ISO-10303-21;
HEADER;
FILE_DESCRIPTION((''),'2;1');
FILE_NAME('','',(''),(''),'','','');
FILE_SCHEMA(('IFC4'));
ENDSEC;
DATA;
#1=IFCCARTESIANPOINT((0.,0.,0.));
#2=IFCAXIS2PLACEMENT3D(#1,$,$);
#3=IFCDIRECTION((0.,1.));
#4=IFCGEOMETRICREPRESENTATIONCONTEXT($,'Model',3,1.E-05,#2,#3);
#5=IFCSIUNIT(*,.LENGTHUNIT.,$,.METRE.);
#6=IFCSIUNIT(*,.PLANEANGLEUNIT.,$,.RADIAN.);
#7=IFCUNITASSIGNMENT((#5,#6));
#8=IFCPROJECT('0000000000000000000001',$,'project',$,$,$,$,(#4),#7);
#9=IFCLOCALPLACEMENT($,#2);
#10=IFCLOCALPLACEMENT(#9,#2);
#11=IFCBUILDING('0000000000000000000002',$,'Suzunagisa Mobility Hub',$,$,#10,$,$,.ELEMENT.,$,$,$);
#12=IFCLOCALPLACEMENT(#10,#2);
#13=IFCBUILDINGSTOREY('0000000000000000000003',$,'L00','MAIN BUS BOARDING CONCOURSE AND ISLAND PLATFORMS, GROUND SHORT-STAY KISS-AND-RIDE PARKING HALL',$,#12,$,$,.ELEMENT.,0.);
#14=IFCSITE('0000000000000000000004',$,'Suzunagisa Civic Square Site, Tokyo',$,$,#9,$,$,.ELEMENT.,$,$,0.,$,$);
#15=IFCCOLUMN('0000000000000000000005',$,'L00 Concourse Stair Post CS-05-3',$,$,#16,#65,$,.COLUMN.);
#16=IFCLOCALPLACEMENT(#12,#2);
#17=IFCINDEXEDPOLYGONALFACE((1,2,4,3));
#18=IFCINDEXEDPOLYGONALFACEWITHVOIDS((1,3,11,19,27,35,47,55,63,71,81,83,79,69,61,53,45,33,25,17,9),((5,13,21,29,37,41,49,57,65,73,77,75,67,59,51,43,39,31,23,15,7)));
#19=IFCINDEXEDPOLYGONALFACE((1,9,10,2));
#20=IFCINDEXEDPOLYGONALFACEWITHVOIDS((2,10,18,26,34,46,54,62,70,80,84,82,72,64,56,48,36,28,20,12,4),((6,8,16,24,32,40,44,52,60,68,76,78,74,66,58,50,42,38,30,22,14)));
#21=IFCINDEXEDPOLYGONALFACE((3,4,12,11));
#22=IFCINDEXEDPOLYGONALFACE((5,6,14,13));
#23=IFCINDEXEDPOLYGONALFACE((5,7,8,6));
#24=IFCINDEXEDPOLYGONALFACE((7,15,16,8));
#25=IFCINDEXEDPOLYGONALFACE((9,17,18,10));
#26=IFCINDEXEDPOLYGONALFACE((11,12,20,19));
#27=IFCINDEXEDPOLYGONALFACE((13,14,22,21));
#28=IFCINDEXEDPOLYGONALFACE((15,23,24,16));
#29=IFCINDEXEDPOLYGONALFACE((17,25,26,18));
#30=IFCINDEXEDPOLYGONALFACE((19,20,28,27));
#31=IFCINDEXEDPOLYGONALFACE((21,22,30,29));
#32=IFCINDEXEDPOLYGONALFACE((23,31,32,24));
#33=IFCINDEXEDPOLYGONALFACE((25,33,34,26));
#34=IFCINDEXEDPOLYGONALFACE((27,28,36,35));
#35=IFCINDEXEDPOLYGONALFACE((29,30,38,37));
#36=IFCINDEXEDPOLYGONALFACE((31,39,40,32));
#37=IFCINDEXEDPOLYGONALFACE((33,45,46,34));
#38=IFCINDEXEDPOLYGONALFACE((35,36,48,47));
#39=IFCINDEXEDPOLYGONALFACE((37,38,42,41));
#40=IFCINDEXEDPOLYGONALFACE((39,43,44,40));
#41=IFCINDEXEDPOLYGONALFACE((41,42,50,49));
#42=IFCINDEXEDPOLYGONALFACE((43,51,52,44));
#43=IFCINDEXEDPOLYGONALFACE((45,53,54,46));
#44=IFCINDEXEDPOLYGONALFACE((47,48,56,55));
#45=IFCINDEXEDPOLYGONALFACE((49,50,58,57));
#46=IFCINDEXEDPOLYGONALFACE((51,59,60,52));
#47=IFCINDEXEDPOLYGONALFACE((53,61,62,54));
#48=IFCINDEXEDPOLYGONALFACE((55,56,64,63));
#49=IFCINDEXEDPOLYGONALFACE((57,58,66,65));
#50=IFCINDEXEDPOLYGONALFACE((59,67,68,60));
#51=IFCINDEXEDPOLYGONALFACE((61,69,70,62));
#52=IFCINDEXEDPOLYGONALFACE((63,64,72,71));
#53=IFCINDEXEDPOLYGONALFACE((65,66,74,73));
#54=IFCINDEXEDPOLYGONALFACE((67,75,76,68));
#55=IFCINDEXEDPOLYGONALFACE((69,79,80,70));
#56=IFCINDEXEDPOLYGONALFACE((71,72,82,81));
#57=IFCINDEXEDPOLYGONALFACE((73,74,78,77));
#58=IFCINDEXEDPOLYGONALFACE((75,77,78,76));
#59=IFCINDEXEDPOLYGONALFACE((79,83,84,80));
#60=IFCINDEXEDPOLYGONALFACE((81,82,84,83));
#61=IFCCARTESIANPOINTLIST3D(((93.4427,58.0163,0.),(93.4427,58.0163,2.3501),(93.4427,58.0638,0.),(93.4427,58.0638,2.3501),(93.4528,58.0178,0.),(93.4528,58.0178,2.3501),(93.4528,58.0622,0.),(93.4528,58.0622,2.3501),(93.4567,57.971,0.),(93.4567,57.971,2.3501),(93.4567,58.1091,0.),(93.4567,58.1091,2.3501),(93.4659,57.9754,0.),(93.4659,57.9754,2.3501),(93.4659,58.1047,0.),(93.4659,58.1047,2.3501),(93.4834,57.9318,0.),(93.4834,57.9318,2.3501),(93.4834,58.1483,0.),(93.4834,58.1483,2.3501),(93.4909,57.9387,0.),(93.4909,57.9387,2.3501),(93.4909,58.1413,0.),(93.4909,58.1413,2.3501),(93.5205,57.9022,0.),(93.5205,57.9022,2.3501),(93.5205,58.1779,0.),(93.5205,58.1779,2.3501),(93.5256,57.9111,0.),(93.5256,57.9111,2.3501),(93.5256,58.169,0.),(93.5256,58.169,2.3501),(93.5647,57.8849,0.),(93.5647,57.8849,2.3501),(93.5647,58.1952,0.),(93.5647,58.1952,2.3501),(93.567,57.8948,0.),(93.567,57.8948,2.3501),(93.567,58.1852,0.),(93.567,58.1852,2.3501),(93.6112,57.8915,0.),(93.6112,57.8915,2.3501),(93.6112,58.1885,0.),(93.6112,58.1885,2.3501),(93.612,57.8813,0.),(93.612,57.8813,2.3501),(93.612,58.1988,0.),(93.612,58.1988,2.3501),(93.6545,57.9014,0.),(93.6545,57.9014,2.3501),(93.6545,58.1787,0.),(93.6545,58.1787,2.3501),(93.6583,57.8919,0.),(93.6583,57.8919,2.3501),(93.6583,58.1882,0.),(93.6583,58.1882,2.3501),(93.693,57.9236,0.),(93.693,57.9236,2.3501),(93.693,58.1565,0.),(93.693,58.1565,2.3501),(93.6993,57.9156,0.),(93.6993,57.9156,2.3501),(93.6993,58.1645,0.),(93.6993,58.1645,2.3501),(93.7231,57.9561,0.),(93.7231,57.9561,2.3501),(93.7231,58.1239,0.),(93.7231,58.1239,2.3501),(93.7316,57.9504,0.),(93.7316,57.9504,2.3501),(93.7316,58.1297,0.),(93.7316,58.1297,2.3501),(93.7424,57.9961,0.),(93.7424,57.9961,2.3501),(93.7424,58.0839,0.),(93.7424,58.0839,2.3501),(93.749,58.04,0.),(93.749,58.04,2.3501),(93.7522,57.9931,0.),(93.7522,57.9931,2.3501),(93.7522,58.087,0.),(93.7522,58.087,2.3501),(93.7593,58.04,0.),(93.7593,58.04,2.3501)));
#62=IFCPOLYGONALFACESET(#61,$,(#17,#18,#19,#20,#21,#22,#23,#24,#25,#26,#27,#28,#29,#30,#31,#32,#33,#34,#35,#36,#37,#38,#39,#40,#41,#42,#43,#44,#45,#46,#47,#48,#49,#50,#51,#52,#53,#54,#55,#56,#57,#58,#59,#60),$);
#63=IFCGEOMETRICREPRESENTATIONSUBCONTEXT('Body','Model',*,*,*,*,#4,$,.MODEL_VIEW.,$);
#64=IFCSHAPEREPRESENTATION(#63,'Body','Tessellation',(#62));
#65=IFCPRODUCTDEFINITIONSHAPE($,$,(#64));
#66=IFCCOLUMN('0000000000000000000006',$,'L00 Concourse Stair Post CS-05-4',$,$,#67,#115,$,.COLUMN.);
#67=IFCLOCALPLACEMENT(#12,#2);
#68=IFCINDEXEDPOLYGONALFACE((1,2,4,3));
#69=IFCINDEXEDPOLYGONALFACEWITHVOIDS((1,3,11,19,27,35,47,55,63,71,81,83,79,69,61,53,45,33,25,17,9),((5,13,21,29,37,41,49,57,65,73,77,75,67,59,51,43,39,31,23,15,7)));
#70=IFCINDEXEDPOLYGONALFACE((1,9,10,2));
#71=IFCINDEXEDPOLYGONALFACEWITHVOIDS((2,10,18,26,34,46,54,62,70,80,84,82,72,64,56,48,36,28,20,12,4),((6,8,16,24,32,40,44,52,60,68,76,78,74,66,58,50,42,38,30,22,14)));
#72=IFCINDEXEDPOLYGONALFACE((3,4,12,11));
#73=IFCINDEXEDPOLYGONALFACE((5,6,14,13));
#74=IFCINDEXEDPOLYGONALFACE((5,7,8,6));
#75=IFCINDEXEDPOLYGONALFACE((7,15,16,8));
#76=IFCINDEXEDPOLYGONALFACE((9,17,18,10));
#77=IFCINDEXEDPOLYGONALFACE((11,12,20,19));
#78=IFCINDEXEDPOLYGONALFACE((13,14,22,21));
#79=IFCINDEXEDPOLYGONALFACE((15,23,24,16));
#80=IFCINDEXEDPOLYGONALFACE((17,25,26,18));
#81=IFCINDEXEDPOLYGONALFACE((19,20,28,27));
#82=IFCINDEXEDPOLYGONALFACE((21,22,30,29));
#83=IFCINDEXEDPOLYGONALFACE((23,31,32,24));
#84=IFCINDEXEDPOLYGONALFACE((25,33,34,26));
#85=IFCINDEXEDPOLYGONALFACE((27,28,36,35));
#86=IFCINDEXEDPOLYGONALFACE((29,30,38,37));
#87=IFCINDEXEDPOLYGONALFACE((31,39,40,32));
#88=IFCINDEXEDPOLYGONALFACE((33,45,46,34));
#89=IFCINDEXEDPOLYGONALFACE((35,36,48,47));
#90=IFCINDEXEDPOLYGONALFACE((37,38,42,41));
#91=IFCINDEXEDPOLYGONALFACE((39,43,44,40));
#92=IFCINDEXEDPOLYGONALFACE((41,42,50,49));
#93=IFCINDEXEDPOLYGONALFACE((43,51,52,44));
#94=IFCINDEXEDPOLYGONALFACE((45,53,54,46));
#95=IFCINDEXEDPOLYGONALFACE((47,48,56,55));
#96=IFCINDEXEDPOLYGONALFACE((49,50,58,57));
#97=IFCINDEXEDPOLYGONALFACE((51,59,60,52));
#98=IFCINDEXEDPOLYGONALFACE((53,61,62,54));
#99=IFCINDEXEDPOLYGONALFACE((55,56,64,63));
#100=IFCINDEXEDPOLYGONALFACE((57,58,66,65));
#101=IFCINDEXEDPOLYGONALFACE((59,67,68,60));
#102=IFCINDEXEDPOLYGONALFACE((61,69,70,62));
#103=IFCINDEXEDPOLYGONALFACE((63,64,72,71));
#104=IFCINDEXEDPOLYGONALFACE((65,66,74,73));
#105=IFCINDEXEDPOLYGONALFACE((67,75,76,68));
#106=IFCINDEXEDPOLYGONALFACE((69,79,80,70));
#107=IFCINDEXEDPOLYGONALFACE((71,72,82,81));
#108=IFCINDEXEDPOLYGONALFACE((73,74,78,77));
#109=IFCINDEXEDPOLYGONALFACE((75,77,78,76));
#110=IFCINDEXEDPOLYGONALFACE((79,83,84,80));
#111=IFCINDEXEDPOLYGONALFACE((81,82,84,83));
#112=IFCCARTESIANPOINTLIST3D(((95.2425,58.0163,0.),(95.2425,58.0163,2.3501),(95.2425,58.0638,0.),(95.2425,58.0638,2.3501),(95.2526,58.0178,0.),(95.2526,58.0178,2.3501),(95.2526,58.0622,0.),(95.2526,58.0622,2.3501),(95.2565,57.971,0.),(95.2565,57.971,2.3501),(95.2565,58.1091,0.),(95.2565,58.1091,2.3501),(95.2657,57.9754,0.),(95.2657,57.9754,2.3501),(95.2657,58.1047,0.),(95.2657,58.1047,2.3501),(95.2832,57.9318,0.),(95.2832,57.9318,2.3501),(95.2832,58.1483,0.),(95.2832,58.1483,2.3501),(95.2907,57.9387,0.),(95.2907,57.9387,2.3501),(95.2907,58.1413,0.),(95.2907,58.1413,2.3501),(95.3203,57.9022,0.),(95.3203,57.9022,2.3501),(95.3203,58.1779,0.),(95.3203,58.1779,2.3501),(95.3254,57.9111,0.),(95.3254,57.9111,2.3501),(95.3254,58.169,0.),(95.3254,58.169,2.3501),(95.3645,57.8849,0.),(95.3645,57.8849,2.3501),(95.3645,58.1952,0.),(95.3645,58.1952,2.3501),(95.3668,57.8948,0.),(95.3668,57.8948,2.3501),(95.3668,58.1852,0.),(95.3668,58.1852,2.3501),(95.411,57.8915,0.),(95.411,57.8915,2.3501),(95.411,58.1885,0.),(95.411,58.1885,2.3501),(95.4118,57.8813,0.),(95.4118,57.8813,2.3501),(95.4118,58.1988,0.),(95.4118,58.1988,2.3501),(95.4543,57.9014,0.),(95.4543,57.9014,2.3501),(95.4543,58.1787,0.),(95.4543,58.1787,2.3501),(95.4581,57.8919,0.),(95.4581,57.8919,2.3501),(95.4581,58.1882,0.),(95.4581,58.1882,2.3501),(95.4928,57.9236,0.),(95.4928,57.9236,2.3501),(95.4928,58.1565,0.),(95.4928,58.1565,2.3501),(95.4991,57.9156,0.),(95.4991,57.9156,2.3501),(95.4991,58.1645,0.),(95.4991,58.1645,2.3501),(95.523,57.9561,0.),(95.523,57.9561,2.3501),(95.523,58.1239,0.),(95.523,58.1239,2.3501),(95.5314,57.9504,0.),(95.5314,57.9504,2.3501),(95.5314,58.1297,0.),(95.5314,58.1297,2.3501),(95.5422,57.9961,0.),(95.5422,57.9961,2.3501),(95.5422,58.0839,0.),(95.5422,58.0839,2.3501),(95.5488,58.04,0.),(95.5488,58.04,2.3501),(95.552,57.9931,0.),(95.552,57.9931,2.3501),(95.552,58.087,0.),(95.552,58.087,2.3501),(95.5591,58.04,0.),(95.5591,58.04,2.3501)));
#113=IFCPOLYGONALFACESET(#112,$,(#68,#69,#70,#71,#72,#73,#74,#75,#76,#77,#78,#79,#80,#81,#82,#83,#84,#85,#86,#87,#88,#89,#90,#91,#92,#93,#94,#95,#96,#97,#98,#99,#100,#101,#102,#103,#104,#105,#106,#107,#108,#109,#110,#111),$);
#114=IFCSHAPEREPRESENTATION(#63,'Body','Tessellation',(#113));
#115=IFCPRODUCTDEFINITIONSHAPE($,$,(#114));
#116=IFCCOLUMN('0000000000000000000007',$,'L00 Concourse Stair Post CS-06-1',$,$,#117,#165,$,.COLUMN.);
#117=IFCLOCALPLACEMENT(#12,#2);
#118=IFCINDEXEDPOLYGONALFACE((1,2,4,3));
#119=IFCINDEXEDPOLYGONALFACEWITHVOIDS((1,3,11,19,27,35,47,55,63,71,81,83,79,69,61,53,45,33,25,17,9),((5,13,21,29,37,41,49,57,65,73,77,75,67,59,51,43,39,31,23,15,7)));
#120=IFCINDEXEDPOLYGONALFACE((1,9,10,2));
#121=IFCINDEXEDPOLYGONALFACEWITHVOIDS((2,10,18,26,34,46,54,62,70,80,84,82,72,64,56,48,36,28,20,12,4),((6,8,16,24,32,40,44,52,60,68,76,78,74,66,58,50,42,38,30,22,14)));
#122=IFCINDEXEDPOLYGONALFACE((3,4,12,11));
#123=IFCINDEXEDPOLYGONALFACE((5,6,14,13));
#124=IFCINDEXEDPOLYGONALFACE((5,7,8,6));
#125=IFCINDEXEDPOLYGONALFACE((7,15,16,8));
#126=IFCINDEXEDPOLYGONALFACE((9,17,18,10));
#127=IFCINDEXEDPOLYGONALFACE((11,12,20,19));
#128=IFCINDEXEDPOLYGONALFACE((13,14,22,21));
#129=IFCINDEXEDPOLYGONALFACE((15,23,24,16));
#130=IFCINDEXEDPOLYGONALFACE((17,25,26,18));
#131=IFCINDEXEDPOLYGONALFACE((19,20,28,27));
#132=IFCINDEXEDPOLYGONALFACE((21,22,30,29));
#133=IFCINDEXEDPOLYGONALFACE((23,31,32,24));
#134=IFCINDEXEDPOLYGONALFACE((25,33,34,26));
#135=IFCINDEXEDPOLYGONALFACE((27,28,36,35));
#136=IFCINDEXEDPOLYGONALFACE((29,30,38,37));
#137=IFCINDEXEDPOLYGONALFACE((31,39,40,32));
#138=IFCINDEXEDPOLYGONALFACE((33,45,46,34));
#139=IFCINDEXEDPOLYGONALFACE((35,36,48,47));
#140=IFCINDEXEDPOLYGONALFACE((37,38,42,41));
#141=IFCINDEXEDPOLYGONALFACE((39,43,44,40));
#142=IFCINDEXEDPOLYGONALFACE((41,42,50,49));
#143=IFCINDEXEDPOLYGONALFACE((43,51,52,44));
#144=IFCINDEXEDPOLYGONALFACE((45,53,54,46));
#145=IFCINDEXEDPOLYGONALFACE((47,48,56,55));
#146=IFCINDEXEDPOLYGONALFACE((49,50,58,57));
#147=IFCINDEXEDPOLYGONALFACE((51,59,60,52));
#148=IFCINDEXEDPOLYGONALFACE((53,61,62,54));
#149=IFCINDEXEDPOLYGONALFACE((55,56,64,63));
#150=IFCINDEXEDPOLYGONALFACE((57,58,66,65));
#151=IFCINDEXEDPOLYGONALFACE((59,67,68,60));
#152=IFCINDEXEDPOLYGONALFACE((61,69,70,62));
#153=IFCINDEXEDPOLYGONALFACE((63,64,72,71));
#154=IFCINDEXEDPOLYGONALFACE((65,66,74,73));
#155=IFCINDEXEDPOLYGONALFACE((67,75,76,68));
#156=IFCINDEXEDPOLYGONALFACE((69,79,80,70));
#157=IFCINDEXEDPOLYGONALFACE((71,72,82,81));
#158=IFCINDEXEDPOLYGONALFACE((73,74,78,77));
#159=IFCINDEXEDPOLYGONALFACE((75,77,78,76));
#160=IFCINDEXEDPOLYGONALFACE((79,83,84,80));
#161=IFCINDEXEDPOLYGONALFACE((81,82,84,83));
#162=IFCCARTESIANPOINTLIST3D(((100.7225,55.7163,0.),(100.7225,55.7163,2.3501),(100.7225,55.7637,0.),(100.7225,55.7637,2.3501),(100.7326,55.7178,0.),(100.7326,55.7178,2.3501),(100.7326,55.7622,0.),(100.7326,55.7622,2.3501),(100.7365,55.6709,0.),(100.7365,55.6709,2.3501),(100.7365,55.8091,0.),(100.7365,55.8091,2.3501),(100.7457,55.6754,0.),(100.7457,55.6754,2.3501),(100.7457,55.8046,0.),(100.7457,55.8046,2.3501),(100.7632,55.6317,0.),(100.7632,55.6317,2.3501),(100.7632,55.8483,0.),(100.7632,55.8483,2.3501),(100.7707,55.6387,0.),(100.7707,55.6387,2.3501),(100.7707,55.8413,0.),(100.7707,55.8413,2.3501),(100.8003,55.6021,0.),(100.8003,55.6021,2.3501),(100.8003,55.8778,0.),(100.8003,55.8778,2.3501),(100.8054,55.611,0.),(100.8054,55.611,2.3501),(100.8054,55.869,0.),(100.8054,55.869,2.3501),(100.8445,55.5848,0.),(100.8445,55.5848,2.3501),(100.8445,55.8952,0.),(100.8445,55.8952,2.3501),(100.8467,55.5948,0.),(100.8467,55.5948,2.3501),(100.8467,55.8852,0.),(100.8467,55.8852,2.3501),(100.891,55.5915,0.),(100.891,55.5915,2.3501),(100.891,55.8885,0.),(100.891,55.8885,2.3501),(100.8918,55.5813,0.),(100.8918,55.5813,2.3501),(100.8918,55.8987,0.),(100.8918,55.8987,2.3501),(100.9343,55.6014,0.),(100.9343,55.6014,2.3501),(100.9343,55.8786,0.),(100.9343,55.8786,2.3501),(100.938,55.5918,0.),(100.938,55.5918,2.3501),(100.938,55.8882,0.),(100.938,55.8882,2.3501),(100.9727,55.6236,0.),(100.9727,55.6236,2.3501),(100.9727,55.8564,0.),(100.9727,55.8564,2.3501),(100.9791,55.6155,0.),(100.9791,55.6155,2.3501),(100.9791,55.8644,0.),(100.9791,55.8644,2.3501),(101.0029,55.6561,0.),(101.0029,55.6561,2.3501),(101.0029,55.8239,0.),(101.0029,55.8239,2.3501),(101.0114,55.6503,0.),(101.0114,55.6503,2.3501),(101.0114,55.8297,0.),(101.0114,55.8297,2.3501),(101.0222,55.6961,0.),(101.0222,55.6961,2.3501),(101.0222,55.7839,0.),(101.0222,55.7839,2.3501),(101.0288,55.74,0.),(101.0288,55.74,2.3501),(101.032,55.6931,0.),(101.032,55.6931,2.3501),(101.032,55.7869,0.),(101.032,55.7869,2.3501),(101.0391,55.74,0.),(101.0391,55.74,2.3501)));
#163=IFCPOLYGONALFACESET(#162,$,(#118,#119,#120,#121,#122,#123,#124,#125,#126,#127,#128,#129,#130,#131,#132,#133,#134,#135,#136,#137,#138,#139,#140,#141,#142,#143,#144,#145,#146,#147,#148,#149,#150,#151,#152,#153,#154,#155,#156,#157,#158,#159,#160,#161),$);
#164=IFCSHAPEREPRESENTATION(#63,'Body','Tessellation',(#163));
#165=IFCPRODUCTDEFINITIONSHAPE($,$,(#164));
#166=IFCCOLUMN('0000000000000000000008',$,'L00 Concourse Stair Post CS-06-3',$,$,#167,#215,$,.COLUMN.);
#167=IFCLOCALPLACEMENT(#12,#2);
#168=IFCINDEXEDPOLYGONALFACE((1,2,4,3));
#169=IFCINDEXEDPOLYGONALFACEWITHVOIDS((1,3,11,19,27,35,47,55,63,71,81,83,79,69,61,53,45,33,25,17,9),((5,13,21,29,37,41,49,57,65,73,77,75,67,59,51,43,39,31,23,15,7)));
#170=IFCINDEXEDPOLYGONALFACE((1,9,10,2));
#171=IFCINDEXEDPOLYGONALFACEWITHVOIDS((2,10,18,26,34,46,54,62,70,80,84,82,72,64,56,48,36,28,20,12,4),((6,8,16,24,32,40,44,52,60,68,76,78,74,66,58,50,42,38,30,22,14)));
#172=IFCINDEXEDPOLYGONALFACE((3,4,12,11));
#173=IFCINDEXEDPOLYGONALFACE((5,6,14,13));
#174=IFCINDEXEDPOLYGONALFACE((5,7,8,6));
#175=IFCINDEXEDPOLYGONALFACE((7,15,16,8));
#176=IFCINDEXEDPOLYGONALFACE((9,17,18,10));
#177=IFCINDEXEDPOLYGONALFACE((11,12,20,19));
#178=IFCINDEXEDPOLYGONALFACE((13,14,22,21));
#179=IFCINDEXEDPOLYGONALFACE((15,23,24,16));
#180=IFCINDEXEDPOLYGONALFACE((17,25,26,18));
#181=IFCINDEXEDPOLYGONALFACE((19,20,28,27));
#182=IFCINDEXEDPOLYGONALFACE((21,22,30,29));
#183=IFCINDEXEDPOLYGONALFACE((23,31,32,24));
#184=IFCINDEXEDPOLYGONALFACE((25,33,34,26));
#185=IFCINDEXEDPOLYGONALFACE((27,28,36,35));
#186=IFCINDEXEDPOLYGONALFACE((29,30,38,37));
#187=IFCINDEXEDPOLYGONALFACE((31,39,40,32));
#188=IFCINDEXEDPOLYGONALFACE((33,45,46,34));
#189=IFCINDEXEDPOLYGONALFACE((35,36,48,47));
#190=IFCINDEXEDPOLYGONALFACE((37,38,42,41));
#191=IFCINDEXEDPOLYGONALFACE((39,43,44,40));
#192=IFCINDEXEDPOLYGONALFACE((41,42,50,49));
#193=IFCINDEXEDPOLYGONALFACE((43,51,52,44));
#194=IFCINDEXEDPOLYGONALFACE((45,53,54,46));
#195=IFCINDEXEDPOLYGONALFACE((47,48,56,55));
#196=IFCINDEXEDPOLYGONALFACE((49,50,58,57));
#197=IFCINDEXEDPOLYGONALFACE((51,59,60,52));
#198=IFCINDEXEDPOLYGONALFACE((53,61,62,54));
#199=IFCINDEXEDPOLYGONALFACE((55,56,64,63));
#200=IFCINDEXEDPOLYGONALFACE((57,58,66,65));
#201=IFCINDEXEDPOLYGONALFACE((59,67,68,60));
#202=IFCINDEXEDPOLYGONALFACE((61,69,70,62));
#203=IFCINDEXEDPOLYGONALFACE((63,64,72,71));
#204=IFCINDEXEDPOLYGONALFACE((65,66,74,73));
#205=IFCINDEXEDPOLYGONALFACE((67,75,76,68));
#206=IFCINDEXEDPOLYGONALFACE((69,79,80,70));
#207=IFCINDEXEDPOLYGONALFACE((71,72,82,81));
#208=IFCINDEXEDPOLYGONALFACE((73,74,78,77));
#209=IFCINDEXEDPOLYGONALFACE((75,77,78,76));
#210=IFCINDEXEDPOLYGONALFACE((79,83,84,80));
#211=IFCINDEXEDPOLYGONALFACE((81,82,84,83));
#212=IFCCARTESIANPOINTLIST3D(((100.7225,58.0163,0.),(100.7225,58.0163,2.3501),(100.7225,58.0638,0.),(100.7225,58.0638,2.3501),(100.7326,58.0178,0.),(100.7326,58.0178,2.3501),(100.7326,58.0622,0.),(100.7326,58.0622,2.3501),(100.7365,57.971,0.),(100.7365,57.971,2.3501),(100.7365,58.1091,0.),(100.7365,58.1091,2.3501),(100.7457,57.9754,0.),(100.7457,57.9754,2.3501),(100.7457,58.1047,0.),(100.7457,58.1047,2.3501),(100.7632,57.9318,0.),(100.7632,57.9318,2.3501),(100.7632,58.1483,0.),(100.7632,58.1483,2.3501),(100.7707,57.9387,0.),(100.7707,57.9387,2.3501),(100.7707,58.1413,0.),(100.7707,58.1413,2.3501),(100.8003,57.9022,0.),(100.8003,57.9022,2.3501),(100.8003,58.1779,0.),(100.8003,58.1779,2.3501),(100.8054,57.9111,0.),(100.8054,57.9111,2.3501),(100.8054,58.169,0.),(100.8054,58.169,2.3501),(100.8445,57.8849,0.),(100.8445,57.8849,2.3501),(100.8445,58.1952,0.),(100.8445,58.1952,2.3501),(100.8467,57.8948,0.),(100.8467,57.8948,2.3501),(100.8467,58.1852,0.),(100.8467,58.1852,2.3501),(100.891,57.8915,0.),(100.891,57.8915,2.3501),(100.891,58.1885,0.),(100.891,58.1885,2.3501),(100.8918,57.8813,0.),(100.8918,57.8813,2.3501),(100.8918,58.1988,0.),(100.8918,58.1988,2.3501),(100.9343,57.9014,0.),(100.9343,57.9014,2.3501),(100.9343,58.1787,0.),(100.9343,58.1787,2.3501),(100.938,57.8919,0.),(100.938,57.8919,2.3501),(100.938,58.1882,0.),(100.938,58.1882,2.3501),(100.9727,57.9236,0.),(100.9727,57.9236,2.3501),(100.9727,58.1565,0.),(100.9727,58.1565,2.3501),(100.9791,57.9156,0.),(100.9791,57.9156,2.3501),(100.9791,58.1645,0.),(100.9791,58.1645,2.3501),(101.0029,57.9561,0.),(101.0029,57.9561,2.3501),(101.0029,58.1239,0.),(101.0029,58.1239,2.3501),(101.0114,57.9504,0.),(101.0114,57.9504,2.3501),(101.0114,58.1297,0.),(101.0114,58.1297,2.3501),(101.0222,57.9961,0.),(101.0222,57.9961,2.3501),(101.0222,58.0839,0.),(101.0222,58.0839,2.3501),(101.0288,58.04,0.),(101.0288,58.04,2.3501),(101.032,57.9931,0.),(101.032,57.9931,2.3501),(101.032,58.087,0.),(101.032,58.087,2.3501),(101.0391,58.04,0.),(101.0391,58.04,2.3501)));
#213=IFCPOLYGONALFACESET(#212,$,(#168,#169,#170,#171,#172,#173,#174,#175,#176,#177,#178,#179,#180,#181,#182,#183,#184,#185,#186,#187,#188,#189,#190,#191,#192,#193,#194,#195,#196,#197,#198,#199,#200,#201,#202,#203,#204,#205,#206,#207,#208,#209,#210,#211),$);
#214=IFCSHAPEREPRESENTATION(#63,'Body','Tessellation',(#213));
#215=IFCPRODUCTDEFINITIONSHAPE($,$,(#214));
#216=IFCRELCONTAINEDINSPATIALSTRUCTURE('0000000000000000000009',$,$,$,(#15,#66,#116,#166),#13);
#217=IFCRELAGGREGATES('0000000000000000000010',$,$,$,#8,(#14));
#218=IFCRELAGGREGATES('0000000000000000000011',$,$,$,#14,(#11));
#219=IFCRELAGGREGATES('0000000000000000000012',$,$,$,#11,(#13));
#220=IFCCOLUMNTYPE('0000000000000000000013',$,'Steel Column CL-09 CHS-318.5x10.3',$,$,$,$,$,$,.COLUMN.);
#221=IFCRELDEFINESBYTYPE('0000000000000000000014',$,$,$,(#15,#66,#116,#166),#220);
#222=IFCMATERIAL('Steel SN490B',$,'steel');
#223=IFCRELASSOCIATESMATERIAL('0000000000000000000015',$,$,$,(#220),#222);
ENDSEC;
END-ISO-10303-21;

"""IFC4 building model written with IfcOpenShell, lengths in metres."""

from ifc_helpers import new_model, si_unit, direction, frame, origin, origin_2d, place, context, subcontext, project, spatial, hollow_circle, extrude, material, material_profile, profile_set, type_object, element, save


model = new_model("IFC4")

# Units and contexts
model_context = context("Model", 3, precision=1e-05, world=origin(), true_north=direction((0.0, 1.0)))
body_context = subcontext(model_context, "Body", "Model", "MODEL_VIEW")
ifc_project = project(units=[si_unit("LENGTHUNIT", "METRE"), si_unit("PLANEANGLEUNIT", "RADIAN")], contexts=[model_context])

# Site, building, storey
site_placement = place(None, origin())
site = spatial("IfcSite", under=ifc_project, at=site_placement, Name="Suzunagisa Civic Square Site, Tokyo", CompositionType="ELEMENT", RefElevation=0.0)
building_placement = place(site_placement, origin())
building = spatial("IfcBuilding", under=site, at=building_placement, Name="Suzunagisa Mobility Hub", CompositionType="ELEMENT")
storey_placement = place(building_placement, origin())
storey = spatial("IfcBuildingStorey", under=building, at=storey_placement, Name="L00", Description="MAIN BUS BOARDING CONCOURSE AND ISLAND PLATFORMS, GROUND SHORT-STAY KISS-AND-RIDE PARKING HALL", CompositionType="ELEMENT", Elevation=0.0)

# Columns
ifc_material_1 = material(Name="Steel SN490B", Category="steel")
ifc_material_profile_1 = material_profile(ifc_material_1, hollow_circle(Radius=0.1592, WallThickness=0.0103, at=origin_2d()), Name="CHS-318.5x10.3")
ifc_profile_set_1 = profile_set([ifc_material_profile_1], Name="Steel SN490B")
column_type_1 = type_object("IfcColumnType", Name="Steel Column CL-09 CHS-318.5x10.3", PredefinedType="COLUMN", material=ifc_profile_set_1)
for number, where, z_axis, x_axis, name in (
    (1, (93.6001, 58.04, 0.0), (0.0, 0.0, 1.0), (1.0, 0.0, 0.0), "L00 Concourse Stair Post CS-05-3"),
    (2, (95.3999, 58.04, 0.0), (0.0, 0.0, 1.0), (1.0, 0.0, 0.0), "L00 Concourse Stair Post CS-05-4"),
    (3, (100.8799, 55.74, 0.0), (0.0, 0.0, 1.0), (1.0, 0.0, 0.0), "L00 Concourse Stair Post CS-06-1"),
    (4, (100.8799, 58.04, 0.0), (0.0, 0.0, 1.0), (1.0, 0.0, 0.0), "L00 Concourse Stair Post CS-06-3"),
):
    element("IfcColumn", number, at=place(storey_placement, frame(where, z_axis=z_axis, x_axis=x_axis)), inside=storey, type_object=column_type_1, Name=name, PredefinedType="COLUMN", context=body_context, shape_type="SweptSolid", body=[
        extrude(hollow_circle(Radius=0.1592, WallThickness=0.0103, at=origin_2d()), origin(), (0.0, 0.0, 1.0), 2.3501),
    ])

save(model, "model.ifc")
